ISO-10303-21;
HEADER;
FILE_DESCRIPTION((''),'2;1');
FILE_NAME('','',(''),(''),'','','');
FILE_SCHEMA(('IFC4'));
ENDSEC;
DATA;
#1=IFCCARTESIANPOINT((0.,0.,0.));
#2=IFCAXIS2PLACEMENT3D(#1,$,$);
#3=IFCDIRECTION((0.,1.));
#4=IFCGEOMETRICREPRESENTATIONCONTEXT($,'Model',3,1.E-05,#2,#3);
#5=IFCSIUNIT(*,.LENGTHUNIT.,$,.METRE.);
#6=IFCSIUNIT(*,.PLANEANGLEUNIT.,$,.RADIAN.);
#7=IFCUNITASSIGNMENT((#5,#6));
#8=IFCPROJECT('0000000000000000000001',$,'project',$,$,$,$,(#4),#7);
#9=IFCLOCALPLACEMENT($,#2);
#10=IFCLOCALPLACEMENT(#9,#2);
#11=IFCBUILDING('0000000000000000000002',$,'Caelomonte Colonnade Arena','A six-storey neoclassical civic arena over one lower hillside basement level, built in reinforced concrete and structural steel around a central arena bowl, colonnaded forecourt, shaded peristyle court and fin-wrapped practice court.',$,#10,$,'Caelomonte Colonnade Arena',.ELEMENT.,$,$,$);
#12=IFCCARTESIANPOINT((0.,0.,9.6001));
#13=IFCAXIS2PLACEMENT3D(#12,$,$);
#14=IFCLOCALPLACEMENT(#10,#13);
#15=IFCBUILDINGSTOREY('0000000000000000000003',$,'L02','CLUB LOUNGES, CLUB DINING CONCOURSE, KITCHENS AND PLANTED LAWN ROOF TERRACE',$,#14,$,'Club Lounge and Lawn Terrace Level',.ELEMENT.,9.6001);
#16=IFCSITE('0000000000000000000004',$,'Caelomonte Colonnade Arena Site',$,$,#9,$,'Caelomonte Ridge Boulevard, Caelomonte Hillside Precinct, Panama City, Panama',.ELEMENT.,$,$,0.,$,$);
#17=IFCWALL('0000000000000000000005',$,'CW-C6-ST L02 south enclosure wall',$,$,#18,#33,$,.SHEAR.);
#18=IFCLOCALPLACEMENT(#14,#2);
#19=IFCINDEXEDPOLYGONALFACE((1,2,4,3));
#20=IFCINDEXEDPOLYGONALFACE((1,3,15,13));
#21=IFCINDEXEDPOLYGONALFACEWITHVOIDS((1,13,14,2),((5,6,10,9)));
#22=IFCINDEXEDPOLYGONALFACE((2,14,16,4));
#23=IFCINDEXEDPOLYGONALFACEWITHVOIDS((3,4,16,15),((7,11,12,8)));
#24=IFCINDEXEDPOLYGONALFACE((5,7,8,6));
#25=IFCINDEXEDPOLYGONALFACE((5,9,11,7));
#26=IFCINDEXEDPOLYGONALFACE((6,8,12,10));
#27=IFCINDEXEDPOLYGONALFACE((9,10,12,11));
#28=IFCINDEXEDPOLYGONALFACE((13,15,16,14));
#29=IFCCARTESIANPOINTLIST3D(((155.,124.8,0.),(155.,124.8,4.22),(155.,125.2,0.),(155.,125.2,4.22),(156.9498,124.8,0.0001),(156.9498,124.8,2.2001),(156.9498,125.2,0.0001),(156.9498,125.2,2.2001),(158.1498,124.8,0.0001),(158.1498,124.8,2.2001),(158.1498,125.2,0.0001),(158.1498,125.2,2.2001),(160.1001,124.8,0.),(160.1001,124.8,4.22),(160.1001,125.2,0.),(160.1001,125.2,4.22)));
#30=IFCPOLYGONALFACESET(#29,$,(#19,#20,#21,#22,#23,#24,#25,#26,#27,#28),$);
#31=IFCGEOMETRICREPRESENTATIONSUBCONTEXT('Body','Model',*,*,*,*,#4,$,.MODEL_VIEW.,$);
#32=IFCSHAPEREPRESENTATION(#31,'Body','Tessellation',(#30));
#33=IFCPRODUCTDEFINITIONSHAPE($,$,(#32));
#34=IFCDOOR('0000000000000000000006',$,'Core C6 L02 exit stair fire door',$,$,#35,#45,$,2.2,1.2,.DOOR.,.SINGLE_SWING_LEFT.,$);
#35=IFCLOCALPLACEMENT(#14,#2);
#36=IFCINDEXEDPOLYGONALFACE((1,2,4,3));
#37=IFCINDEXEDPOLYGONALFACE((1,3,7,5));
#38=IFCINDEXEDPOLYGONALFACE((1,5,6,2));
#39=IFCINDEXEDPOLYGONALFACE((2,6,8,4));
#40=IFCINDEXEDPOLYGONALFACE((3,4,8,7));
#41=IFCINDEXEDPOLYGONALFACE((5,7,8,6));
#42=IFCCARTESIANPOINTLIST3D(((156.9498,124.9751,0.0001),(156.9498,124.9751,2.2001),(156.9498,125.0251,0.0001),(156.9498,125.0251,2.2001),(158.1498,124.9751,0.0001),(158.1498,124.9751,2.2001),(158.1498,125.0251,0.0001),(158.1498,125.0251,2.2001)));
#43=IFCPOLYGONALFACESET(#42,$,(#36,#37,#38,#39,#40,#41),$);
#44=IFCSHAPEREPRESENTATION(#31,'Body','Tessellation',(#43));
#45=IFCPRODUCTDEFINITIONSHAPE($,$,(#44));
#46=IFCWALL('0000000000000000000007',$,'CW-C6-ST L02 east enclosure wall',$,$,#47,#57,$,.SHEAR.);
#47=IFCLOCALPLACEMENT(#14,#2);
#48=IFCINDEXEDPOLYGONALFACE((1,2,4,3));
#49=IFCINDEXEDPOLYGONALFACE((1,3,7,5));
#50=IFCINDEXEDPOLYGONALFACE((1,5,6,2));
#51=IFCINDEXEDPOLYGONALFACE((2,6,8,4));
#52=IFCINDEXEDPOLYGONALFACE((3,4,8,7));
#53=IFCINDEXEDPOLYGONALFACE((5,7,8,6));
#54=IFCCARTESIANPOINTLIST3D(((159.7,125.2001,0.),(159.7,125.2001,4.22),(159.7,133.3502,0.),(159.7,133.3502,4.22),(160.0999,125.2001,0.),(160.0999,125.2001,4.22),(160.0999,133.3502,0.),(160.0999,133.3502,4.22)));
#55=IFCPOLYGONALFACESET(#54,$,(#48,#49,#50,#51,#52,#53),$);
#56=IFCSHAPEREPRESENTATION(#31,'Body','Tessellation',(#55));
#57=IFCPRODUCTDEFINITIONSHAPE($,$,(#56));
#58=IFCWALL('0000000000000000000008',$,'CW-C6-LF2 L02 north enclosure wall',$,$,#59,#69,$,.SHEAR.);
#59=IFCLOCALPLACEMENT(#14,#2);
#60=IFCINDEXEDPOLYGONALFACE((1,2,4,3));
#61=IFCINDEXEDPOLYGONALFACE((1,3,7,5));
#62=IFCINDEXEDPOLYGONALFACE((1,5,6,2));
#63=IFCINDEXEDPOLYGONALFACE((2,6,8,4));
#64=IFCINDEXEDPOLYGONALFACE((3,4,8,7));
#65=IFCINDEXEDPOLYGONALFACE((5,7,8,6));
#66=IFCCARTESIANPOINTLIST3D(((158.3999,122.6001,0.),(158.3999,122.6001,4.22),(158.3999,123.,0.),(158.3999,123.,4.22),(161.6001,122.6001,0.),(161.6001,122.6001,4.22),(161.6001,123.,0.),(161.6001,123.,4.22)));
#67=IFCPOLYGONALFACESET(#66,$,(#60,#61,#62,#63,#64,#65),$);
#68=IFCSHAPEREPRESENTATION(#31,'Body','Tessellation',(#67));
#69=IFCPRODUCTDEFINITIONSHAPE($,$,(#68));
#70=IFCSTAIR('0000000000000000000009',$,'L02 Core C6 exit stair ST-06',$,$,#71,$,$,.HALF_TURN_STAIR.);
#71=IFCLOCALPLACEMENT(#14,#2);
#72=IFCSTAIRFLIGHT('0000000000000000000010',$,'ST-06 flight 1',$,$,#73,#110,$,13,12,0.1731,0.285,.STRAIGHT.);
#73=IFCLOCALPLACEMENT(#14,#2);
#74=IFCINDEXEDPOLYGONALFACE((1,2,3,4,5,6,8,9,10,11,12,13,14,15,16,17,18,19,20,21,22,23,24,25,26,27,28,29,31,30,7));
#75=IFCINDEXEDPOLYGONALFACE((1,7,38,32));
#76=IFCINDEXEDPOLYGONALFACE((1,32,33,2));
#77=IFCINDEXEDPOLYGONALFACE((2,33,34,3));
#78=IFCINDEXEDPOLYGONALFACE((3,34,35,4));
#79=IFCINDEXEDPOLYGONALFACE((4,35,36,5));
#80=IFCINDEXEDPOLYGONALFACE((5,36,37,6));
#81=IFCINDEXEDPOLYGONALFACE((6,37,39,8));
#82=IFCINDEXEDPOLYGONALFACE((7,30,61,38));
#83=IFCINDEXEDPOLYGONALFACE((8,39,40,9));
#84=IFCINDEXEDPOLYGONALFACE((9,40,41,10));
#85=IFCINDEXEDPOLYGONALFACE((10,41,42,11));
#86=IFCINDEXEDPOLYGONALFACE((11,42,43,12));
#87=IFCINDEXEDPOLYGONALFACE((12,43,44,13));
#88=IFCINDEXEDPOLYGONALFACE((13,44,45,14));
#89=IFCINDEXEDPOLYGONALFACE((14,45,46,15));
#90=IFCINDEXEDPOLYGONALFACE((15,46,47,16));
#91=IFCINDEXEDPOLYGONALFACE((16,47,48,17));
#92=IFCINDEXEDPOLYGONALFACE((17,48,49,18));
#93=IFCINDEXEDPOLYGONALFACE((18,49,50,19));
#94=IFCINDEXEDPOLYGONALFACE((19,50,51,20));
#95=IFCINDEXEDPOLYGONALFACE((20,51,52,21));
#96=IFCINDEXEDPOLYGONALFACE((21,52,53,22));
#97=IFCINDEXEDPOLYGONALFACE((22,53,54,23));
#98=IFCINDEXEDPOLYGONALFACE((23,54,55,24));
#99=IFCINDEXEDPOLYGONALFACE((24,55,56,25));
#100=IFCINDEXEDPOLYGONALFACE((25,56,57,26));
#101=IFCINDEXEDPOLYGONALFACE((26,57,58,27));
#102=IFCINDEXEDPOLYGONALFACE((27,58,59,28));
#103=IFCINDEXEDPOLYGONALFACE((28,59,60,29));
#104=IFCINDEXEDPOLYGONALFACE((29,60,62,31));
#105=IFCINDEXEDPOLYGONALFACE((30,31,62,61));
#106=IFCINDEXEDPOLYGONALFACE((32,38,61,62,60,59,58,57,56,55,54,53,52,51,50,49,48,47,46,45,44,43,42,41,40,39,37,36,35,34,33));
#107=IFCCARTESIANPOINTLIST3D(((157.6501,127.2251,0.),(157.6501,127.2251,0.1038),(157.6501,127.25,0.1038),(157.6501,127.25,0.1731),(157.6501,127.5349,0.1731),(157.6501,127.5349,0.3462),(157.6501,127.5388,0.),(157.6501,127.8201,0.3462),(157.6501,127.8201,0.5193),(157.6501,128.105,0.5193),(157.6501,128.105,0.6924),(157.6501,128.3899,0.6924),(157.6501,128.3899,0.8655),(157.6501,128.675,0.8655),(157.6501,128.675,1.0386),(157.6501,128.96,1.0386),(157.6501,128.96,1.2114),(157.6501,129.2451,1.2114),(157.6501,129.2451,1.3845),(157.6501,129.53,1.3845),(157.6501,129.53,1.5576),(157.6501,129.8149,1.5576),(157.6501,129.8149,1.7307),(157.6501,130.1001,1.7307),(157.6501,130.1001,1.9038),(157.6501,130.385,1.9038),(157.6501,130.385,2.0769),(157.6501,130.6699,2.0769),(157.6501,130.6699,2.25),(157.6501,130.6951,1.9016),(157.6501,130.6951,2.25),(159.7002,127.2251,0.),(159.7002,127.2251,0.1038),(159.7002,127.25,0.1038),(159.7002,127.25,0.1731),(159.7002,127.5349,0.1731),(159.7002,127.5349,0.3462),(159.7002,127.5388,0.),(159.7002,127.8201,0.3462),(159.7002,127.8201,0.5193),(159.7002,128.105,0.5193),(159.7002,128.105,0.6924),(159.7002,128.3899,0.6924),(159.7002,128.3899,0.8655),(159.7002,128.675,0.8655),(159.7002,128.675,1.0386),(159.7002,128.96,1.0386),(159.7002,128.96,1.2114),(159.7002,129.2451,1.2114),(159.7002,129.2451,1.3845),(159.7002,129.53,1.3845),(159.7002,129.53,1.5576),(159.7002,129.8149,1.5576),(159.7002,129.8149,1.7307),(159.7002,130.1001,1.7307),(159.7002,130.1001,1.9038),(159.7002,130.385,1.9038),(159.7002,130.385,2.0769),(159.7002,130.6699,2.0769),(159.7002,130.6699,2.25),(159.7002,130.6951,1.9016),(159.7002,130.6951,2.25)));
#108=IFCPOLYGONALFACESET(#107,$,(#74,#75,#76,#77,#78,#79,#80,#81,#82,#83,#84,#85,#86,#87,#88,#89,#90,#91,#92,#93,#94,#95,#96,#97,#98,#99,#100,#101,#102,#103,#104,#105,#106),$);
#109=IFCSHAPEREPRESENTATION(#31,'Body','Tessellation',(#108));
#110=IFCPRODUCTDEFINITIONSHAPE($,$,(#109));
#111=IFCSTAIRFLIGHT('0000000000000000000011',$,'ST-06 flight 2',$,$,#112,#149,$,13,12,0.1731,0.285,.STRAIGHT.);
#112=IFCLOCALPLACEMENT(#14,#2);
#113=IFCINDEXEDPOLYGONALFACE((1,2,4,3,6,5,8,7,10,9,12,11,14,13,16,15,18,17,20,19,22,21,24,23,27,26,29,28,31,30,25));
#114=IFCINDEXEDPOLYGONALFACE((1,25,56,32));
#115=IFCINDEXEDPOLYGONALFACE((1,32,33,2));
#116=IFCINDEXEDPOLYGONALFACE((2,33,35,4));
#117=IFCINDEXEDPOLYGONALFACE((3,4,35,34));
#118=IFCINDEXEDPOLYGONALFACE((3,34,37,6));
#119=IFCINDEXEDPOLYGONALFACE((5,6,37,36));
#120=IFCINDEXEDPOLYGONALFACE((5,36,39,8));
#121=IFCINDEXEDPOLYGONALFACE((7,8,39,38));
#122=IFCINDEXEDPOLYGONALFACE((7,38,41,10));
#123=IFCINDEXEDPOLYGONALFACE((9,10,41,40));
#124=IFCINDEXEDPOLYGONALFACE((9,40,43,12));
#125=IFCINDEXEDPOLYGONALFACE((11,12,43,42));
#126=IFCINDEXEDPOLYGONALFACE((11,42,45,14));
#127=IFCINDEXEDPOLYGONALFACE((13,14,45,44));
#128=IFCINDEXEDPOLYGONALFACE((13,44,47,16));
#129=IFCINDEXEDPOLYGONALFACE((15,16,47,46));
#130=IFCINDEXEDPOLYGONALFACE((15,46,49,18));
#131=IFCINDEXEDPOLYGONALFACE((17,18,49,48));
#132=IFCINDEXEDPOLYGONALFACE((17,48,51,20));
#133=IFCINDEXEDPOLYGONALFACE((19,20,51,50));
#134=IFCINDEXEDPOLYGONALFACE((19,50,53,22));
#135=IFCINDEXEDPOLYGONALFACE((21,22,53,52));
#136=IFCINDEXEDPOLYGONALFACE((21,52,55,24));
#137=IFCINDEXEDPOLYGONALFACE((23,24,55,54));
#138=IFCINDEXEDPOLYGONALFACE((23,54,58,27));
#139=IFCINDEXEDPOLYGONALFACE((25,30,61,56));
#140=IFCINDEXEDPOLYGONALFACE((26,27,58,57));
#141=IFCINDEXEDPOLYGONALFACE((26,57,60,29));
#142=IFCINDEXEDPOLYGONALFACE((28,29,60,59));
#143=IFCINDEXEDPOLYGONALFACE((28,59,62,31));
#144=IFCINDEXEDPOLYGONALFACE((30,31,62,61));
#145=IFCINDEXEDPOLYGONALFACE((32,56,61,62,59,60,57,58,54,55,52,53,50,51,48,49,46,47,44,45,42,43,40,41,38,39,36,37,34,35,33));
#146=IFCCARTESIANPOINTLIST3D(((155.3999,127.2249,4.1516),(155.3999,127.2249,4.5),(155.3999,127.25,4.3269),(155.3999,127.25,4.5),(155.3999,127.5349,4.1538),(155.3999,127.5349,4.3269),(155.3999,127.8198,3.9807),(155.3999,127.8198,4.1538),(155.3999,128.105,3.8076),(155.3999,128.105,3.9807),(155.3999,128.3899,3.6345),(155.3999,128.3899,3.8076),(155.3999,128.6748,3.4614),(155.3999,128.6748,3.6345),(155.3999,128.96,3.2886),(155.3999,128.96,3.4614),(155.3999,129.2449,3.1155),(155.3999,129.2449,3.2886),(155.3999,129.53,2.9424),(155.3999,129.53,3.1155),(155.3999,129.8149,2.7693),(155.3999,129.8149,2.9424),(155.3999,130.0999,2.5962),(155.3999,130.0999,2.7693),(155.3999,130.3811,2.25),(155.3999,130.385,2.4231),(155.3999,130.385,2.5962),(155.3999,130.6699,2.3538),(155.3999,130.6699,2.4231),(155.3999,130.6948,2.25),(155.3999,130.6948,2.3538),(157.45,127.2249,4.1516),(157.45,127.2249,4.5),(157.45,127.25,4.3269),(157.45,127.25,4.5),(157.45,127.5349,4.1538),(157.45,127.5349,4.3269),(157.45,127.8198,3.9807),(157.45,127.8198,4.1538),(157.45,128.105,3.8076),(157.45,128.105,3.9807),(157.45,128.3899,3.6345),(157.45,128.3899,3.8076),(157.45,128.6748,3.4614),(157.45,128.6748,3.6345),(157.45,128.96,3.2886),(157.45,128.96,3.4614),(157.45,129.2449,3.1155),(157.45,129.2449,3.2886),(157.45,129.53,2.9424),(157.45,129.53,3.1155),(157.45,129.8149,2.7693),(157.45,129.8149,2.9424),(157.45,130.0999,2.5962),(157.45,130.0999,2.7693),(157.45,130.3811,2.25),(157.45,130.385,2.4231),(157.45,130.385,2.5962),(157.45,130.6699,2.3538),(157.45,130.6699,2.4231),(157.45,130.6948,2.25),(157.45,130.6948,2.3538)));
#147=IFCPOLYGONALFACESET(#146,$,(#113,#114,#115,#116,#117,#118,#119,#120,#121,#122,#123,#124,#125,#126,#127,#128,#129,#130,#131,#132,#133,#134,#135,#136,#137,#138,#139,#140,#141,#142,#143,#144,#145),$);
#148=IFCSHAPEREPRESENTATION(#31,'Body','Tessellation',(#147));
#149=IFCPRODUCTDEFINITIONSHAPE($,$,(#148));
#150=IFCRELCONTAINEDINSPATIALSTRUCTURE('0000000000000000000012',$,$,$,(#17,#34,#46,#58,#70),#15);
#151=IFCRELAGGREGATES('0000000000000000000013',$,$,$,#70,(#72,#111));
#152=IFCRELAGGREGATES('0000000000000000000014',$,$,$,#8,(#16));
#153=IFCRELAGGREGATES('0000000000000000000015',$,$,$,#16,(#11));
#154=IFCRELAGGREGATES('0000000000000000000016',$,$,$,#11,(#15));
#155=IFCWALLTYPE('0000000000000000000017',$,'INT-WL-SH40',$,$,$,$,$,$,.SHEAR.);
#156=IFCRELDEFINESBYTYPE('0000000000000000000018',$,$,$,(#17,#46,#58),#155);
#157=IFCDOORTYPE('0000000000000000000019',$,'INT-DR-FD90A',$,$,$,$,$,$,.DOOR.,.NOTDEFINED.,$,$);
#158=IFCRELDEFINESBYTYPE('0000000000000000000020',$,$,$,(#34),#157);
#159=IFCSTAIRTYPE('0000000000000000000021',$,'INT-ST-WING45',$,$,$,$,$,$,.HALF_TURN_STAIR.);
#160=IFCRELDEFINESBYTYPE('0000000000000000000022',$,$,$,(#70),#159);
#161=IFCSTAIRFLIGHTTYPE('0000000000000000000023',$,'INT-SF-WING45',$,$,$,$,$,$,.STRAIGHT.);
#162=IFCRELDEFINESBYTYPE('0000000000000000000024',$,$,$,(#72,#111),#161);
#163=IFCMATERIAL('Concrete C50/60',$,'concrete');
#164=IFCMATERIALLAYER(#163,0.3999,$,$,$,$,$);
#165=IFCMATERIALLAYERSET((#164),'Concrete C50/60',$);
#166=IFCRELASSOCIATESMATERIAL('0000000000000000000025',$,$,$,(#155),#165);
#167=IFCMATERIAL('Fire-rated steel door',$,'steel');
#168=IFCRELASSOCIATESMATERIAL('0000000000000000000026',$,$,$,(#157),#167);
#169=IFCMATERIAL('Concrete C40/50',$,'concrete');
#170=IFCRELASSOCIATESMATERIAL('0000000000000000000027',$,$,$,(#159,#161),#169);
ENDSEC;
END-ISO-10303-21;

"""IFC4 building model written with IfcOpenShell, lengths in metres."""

from ifc_helpers import new_model, si_unit, direction, frame, frame_2d, origin, place, context, subcontext, project, spatial, polyline, rectangle, outline, extrude, material, layer, layer_set, type_object, element, fill, aggregate, save


model = new_model("IFC4")

# Units and contexts
model_context = context("Model", 3, precision=1e-05, world=origin(), true_north=direction((0.0, 1.0)))
body_context = subcontext(model_context, "Body", "Model", "MODEL_VIEW")
ifc_project = project(units=[si_unit("LENGTHUNIT", "METRE"), si_unit("PLANEANGLEUNIT", "RADIAN")], contexts=[model_context])

# Site, building, storey
site_placement = place(None, origin())
site = spatial("IfcSite", under=ifc_project, at=site_placement, Name="Caelomonte Colonnade Arena Site", LongName="Caelomonte Ridge Boulevard, Caelomonte Hillside Precinct, Panama City, Panama", CompositionType="ELEMENT", RefElevation=0.0)
building_placement = place(site_placement, origin())
building = spatial("IfcBuilding", under=site, at=building_placement, Name="Caelomonte Colonnade Arena", Description="A six-storey neoclassical civic arena over one lower hillside basement level, built in reinforced concrete and structural steel around a central arena bowl, colonnaded forecourt, shaded peristyle court and fin-wrapped practice court.", LongName="Caelomonte Colonnade Arena", CompositionType="ELEMENT")
storey_placement = place(building_placement, frame((0.0, 0.0, 9.6001)))
storey = spatial("IfcBuildingStorey", under=building, at=storey_placement, Name="L02", Description="CLUB LOUNGES, CLUB DINING CONCOURSE, KITCHENS AND PLANTED LAWN ROOF TERRACE", LongName="Club Lounge and Lawn Terrace Level", CompositionType="ELEMENT", Elevation=9.6001)

# Shared definitions
ifc_material_1 = material(Name="Concrete C40/50", Category="concrete")

# Wall, opening, door
ifc_material_2 = material(Name="Concrete C50/60", Category="concrete")
ifc_layer_1 = layer(ifc_material_2, 0.3999)
ifc_layer_set_1 = layer_set([ifc_layer_1], Name="Concrete C50/60")
wall_type_1 = type_object("IfcWallType", Name="INT-WL-SH40", PredefinedType="SHEAR", material=ifc_layer_set_1)
wall_1_placement = place(storey_placement, frame((155.0, 125.0, 0.0), z_axis=(0.0, 0.0, 1.0), x_axis=(1.0, 0.0, 0.0)))
wall_1 = element("IfcWall", 1, at=wall_1_placement, inside=storey, type_object=wall_type_1, Name="CW-C6-ST L02 south enclosure wall", PredefinedType="SHEAR", context=body_context, shape_type="SweptSolid", body=[
    extrude(rectangle(XDim=5.1001, YDim=0.3999, at=frame_2d((2.55, 0.0))), origin(), (0.0, 0.0, 1.0), 4.22),
])
opening_1_placement = place(wall_1_placement, frame((3.1499, 0.0, 0.0), z_axis=(0.0, 0.0, 1.0), x_axis=(-1.0, 0.0, 0.0)))
opening_1 = element("IfcOpeningElement", 2, at=opening_1_placement, cuts=wall_1, PredefinedType="OPENING", context=body_context, shape_type="SweptSolid", body=[
    extrude(rectangle(XDim=1.2, YDim=2.2, at=frame_2d((0.6001, 1.1001))), frame((0.0, 0.21, 0.0), z_axis=(0.0, -1.0, 0.0), x_axis=(1.0, 0.0, 0.0)), (0.0, 0.0, 1.0), 0.4199),
])
ifc_material_3 = material(Name="Fire-rated steel door", Category="steel")
door_type_1 = type_object("IfcDoorType", Name="INT-DR-FD90A", OperationType="NOTDEFINED", PredefinedType="DOOR", material=ifc_material_3)
door_1_placement = place(opening_1_placement, origin())
door_1 = element("IfcDoor", 3, at=door_1_placement, inside=storey, type_object=door_type_1, Name="Core C6 L02 exit stair fire door", OperationType="SINGLE_SWING_LEFT", OverallHeight=2.2, OverallWidth=1.2, PredefinedType="DOOR", context=body_context, shape_type="SweptSolid", body=[
    extrude(rectangle(XDim=1.2, YDim=2.2, at=frame_2d((0.6001, 1.1001))), frame((0.0, 0.0249, 0.0), z_axis=(0.0, -1.0, 0.0), x_axis=(1.0, 0.0, 0.0)), (0.0, 0.0, 1.0), 0.05),
])
fill(opening_1, door_1)

# Walls
wall_2_placement = place(storey_placement, frame((159.8999, 125.2, 0.0), z_axis=(0.0, 0.0, 1.0), x_axis=(0.0, 1.0, 0.0)))
element("IfcWall", 4, at=wall_2_placement, inside=storey, type_object=wall_type_1, Name="CW-C6-ST L02 east enclosure wall", PredefinedType="SHEAR", context=body_context, shape_type="SweptSolid", body=[
    extrude(rectangle(XDim=8.1501, YDim=0.3999, at=frame_2d((4.0752, 0.0))), origin(), (0.0, 0.0, 1.0), 4.22),
])
wall_3_placement = place(storey_placement, frame((161.6001, 122.8, 0.0), z_axis=(0.0, 0.0, 1.0), x_axis=(-1.0, 0.0, 0.0)))
element("IfcWall", 5, at=wall_3_placement, inside=storey, type_object=wall_type_1, Name="CW-C6-LF2 L02 north enclosure wall", PredefinedType="SHEAR", context=body_context, shape_type="SweptSolid", body=[
    extrude(rectangle(XDim=3.2002, YDim=0.3999, at=frame_2d((1.6001, 0.0))), origin(), (0.0, 0.0, 1.0), 4.22),
])

# Stair, stair flights
stair_type = type_object("IfcStairType", Name="INT-ST-WING45", PredefinedType="HALF_TURN_STAIR", material=ifc_material_1)
stair_placement = place(storey_placement, origin())
stair = element("IfcStair", 6, at=stair_placement, inside=storey, type_object=stair_type, Name="L02 Core C6 exit stair ST-06", PredefinedType="HALF_TURN_STAIR")
stair_flight_type = type_object("IfcStairFlightType", Name="INT-SF-WING45", PredefinedType="STRAIGHT", material=ifc_material_1)
stair_flight_1_placement = place(storey_placement, frame((158.675, 127.25, 0.0), z_axis=(0.0, 0.0, 1.0), x_axis=(0.0, 1.0, 0.0)))
stair_flight_1 = element("IfcStairFlight", 7, at=stair_flight_1_placement, type_object=stair_flight_type, Name="ST-06 flight 1", NumberOfRisers=13, NumberOfTreads=12, PredefinedType="STRAIGHT", RiserHeight=0.1731, TreadLength=0.285, context=body_context, shape_type="SweptSolid", body=[
    extrude(outline(polyline([(-0.0249, 0.0), (-0.0249, 0.1038), (0.0, 0.1038), (0.0, 0.1731), (0.2849, 0.1731), (0.2849, 0.3462), (0.5701, 0.3462), (0.5701, 0.5193), (0.855, 0.5193), (0.855, 0.6924), (1.1399, 0.6924), (1.1399, 0.8655), (1.425, 0.8655), (1.425, 1.0386), (1.71, 1.0386), (1.71, 1.2114), (1.9951, 1.2114), (1.9951, 1.3845), (2.28, 1.3845), (2.28, 1.5576), (2.5649, 1.5576), (2.5649, 1.7307), (2.8501, 1.7307), (2.8501, 1.9038), (3.135, 1.9038), (3.135, 2.0769), (3.4199, 2.0769), (3.4199, 2.25), (3.4451, 2.25), (3.4451, 1.9016), (0.2888, 0.0), (-0.0249, 0.0)])), frame((0.0, 1.0249, 0.0), z_axis=(0.0, -1.0, 0.0), x_axis=(1.0, 0.0, 0.0)), (0.0, 0.0, 1.0), 2.05),
])
stair_flight_2_placement = place(storey_placement, frame((156.425, 130.6699, 2.25), z_axis=(0.0, 0.0, 1.0), x_axis=(0.0, -1.0, 0.0)))
stair_flight_2 = element("IfcStairFlight", 8, at=stair_flight_2_placement, type_object=stair_flight_type, Name="ST-06 flight 2", NumberOfRisers=13, NumberOfTreads=12, PredefinedType="STRAIGHT", RiserHeight=0.1731, TreadLength=0.285, context=body_context, shape_type="SweptSolid", body=[
    extrude(outline(polyline([(-0.0249, 0.0), (-0.0249, 0.1038), (0.0, 0.1038), (0.0, 0.1731), (0.2849, 0.1731), (0.2849, 0.3462), (0.5701, 0.3462), (0.5701, 0.5193), (0.855, 0.5193), (0.855, 0.6924), (1.1399, 0.6924), (1.1399, 0.8655), (1.425, 0.8655), (1.425, 1.0386), (1.71, 1.0386), (1.71, 1.2114), (1.9951, 1.2114), (1.9951, 1.3845), (2.28, 1.3845), (2.28, 1.5576), (2.5649, 1.5576), (2.5649, 1.7307), (2.8501, 1.7307), (2.8501, 1.9038), (3.135, 1.9038), (3.135, 2.0769), (3.4199, 2.0769), (3.4199, 2.25), (3.4451, 2.25), (3.4451, 1.9016), (0.2888, 0.0), (-0.0249, 0.0)])), frame((0.0, 1.0249, 0.0), z_axis=(0.0, -1.0, 0.0), x_axis=(1.0, 0.0, 0.0)), (0.0, 0.0, 1.0), 2.05),
])
aggregate(stair, [stair_flight_1, stair_flight_2])

save(model, "model.ifc")
